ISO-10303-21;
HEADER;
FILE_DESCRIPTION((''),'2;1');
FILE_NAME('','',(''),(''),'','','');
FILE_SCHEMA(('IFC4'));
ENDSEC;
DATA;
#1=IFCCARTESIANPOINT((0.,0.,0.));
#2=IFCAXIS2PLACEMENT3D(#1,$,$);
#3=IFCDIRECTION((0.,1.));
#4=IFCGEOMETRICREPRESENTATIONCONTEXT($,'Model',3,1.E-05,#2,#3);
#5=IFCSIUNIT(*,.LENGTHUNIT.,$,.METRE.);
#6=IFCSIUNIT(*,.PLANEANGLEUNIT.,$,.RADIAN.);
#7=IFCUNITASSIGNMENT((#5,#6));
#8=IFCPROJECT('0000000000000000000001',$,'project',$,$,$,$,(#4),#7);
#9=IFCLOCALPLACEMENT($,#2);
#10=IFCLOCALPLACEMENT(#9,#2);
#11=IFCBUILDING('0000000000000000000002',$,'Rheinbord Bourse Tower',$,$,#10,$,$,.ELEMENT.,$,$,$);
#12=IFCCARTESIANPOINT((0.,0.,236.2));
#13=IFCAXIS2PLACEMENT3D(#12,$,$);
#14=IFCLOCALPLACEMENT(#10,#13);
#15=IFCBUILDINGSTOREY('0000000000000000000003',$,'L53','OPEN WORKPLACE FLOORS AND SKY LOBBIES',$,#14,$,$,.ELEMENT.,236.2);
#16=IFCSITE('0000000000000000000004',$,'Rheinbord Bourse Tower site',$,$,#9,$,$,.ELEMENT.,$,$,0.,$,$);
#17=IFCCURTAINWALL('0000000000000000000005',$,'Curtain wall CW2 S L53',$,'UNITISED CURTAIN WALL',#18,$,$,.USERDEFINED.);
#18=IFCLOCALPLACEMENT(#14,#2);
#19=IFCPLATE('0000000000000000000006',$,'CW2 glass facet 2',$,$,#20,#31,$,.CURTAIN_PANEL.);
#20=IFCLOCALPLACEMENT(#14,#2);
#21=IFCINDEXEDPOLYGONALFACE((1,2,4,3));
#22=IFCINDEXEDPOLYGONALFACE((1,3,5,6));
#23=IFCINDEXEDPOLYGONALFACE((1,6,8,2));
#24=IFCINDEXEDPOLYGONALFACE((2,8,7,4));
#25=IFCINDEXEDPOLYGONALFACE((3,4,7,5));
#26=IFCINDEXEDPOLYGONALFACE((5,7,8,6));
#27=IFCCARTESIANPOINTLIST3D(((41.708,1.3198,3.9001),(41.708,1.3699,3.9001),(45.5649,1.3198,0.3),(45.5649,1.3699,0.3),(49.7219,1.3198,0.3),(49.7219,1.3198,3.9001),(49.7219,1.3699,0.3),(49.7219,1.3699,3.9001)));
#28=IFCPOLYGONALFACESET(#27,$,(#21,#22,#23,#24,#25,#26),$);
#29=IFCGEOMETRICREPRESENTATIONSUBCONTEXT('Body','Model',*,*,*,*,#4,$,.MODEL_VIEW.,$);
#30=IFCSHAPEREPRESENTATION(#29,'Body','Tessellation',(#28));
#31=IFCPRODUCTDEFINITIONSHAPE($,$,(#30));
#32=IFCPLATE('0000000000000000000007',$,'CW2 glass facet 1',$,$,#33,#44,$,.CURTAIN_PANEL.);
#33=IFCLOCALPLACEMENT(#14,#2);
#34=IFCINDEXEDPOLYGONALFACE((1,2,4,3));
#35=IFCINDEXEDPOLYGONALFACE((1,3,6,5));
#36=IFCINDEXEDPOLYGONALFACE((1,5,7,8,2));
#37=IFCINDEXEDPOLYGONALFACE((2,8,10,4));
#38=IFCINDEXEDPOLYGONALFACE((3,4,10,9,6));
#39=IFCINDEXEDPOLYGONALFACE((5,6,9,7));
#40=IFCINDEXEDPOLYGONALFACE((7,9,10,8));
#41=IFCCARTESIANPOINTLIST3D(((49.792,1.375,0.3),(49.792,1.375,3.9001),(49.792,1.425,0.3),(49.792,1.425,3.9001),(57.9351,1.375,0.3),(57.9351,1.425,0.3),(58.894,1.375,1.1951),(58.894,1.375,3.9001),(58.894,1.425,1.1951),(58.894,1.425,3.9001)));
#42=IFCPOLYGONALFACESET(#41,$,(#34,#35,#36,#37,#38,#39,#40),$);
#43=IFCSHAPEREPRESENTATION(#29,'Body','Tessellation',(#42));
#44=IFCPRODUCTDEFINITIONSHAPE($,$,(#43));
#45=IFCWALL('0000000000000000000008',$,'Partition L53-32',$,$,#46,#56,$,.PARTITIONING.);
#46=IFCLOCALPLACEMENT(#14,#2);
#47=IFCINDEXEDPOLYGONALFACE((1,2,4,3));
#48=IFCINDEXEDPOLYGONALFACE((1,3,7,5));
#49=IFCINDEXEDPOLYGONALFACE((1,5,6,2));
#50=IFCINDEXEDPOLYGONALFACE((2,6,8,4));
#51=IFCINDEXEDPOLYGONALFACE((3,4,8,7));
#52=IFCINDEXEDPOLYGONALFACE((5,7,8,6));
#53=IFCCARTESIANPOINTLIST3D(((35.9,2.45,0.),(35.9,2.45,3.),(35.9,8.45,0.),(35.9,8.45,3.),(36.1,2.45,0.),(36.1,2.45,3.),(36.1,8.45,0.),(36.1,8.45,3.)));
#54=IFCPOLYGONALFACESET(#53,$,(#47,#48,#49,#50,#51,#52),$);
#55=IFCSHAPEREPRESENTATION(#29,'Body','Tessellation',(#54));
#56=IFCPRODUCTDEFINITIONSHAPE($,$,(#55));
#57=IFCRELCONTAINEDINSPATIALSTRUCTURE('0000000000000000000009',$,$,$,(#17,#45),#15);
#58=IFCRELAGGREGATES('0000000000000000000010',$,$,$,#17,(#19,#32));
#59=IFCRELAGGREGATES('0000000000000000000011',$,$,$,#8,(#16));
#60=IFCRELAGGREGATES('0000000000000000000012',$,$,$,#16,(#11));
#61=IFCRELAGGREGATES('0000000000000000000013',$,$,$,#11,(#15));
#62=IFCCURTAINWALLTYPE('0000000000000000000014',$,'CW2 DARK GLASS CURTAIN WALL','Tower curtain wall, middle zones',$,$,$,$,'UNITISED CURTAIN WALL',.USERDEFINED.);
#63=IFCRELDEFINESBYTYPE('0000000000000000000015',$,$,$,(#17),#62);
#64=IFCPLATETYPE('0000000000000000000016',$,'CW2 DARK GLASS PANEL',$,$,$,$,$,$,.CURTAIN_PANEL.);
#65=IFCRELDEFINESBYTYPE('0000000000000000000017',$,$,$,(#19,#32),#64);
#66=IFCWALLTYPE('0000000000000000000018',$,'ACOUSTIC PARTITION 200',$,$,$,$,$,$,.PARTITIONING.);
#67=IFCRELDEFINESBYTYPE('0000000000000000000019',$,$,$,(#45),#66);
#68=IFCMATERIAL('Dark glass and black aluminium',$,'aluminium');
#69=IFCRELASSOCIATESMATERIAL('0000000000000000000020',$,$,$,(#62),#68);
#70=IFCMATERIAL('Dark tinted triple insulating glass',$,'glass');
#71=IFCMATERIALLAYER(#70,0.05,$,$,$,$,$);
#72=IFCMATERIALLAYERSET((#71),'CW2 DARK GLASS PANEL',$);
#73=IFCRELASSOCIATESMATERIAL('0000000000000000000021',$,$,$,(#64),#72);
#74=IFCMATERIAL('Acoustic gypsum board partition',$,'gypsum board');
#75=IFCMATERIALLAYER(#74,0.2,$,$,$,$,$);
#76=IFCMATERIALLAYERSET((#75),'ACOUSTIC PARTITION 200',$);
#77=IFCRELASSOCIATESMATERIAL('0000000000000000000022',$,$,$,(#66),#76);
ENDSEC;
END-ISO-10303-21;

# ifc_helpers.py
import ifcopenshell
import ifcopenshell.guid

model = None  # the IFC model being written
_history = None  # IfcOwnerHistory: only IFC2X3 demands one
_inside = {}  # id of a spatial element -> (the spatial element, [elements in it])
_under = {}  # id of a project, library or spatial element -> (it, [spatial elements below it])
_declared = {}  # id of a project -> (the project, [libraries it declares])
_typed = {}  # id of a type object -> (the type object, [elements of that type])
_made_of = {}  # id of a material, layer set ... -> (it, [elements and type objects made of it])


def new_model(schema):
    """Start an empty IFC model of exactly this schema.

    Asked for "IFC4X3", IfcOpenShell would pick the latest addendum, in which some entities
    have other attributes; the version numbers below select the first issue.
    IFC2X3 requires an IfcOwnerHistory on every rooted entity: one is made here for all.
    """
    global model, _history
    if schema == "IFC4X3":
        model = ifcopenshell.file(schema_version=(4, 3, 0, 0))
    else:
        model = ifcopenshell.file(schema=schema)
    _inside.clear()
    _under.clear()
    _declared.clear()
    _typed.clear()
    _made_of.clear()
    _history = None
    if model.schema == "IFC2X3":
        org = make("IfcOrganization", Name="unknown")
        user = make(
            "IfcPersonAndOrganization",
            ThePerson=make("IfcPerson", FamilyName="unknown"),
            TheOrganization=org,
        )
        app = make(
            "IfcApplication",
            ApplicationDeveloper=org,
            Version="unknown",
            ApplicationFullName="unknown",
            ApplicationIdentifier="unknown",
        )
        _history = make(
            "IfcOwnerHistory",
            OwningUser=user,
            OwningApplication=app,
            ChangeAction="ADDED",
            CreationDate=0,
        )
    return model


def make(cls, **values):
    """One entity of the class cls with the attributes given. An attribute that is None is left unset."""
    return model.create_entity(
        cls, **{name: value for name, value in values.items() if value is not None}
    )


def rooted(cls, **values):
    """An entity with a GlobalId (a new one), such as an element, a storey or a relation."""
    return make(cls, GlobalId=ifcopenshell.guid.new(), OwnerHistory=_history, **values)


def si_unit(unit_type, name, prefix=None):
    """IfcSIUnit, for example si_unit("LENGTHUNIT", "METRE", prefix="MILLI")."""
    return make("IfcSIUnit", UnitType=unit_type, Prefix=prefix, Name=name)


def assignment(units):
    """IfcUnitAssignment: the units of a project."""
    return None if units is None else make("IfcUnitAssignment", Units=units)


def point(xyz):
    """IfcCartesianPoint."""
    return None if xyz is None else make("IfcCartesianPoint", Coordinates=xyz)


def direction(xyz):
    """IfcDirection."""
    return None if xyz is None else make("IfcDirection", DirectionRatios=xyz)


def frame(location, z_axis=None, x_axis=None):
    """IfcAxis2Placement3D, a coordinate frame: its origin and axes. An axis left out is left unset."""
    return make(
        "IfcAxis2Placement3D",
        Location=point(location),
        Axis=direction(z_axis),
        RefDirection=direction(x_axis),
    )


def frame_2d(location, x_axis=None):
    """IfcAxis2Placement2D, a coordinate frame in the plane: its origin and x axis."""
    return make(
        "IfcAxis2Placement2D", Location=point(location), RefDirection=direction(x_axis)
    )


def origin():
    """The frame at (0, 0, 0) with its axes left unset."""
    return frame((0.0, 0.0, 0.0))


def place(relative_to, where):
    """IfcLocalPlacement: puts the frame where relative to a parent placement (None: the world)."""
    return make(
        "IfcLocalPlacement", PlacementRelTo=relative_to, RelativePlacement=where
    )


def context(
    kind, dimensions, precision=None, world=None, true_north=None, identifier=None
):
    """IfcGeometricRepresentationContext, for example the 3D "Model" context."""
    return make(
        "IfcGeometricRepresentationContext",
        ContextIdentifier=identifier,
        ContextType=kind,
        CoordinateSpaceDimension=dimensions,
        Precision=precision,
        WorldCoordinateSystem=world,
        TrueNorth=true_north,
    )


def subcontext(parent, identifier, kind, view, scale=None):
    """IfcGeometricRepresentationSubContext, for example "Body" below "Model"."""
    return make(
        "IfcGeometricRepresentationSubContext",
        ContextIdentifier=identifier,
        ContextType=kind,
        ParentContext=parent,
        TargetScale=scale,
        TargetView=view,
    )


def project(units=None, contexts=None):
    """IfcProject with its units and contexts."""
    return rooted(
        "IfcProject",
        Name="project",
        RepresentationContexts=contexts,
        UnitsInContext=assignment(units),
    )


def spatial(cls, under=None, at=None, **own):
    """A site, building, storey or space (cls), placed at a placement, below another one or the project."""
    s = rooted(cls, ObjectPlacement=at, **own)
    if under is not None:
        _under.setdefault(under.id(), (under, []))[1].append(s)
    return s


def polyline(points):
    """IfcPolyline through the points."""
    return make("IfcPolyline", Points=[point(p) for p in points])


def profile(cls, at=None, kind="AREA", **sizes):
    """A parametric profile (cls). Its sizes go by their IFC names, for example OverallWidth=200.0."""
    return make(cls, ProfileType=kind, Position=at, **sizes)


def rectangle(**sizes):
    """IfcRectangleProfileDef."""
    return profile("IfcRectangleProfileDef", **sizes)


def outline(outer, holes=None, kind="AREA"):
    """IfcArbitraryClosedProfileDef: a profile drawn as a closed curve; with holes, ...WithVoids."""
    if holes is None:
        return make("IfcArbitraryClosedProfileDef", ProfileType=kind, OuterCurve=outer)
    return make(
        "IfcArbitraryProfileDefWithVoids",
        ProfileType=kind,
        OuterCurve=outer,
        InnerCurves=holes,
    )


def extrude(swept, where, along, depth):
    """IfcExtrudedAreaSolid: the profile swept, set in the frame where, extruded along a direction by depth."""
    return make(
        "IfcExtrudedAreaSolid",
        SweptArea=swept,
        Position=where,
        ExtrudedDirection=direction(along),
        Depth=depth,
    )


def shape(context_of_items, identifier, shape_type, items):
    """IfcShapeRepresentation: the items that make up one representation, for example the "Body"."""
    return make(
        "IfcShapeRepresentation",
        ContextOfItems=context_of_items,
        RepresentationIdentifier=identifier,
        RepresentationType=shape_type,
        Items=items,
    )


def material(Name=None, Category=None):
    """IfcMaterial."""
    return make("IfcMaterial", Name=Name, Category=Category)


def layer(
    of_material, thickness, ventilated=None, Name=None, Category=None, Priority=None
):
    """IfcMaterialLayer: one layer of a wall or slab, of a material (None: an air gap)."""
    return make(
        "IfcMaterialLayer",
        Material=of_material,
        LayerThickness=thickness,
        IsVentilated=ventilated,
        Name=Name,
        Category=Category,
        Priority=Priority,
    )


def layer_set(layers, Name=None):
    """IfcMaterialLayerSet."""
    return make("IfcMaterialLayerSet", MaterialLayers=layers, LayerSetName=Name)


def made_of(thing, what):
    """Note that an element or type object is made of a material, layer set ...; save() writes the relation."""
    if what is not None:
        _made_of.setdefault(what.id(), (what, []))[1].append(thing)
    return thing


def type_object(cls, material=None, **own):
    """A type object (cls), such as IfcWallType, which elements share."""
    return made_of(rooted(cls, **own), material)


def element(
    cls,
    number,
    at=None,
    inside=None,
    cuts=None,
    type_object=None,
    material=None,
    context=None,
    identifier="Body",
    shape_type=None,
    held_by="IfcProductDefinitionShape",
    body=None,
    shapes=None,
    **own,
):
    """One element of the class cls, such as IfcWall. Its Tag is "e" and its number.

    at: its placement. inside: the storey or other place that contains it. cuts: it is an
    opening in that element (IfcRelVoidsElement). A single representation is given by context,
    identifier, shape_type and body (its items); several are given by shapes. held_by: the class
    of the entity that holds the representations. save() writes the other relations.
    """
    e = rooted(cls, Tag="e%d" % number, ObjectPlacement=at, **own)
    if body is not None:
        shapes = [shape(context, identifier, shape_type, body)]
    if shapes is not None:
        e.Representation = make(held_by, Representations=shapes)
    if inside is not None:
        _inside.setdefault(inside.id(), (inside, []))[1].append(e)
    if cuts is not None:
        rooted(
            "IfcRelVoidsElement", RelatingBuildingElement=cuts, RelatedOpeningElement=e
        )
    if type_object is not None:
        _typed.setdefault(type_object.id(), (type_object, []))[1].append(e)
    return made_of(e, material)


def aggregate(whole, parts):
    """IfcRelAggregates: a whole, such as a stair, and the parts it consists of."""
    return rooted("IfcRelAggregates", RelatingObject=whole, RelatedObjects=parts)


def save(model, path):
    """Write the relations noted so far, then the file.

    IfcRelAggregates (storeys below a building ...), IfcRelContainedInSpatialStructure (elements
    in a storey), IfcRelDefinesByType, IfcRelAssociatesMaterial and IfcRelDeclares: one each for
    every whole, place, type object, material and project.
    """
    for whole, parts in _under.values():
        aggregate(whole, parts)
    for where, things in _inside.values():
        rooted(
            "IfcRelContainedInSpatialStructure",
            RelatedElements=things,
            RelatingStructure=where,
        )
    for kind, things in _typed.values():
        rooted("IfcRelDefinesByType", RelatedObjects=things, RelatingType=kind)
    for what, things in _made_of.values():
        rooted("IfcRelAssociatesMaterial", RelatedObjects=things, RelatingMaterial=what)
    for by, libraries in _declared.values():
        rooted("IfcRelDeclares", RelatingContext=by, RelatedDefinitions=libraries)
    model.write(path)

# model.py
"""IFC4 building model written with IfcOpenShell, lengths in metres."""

from ifc_helpers import new_model, si_unit, direction, frame, frame_2d, origin, place, context, subcontext, project, spatial, polyline, rectangle, outline, extrude, material, layer, layer_set, type_object, element, aggregate, save


model = new_model("IFC4")

# Units and contexts
model_context = context("Model", 3, precision=1e-05, world=origin(), true_north=direction((0.0, 1.0)))
body_context = subcontext(model_context, "Body", "Model", "MODEL_VIEW")
ifc_project = project(units=[si_unit("LENGTHUNIT", "METRE"), si_unit("PLANEANGLEUNIT", "RADIAN")], contexts=[model_context])

# Site, building, storey
site_placement = place(None, origin())
site = spatial("IfcSite", under=ifc_project, at=site_placement, Name="Rheinbord Bourse Tower site", CompositionType="ELEMENT", RefElevation=0.0)
building_placement = place(site_placement, origin())
building = spatial("IfcBuilding", under=site, at=building_placement, Name="Rheinbord Bourse Tower", CompositionType="ELEMENT")
storey_placement = place(building_placement, frame((0.0, 0.0, 236.2)))
storey = spatial("IfcBuildingStorey", under=building, at=storey_placement, Name="L53", Description="OPEN WORKPLACE FLOORS AND SKY LOBBIES", CompositionType="ELEMENT", Elevation=236.2)

# Curtain wall
ifc_material_1 = material(Name="Dark glass and black aluminium", Category="aluminium")
curtain_wall_type = type_object("IfcCurtainWallType", Name="CW2 DARK GLASS CURTAIN WALL", Description="Tower curtain wall, middle zones", ElementType="UNITISED CURTAIN WALL", PredefinedType="USERDEFINED", material=ifc_material_1)
curtain_wall_placement = place(storey_placement, origin())
curtain_wall = element("IfcCurtainWall", 1, at=curtain_wall_placement, inside=storey, type_object=curtain_wall_type, Name="Curtain wall CW2 S L53", ObjectType="UNITISED CURTAIN WALL", PredefinedType="USERDEFINED")

# Plates
ifc_material_2 = material(Name="Dark tinted triple insulating glass", Category="glass")
ifc_layer_1 = layer(ifc_material_2, 0.05)
ifc_layer_set_1 = layer_set([ifc_layer_1], Name="CW2 DARK GLASS PANEL")
plate_type = type_object("IfcPlateType", Name="CW2 DARK GLASS PANEL", PredefinedType="CURTAIN_PANEL", material=ifc_layer_set_1)
plate_1_placement = place(storey_placement, frame((49.7219, 1.3198, 3.9001), z_axis=(0.0, 1.0, 0.0), x_axis=(0.0, 0.0, -1.0)))
plate_1 = element("IfcPlate", 2, at=plate_1_placement, type_object=plate_type, Name="CW2 glass facet 2", PredefinedType="CURTAIN_PANEL", context=body_context, shape_type="SweptSolid", body=[
    extrude(outline(polyline([(0.0, 0.0), (3.6001, 0.0), (3.6001, 4.157), (0.0, 8.0139), (0.0, 0.0)])), origin(), (0.0, 0.0, 1.0), 0.05),
])
plate_2_placement = place(storey_placement, frame((49.792, 1.375, 0.3), z_axis=(0.0, 1.0, 0.0), x_axis=(0.0, 0.0, 1.0)))
plate_2 = element("IfcPlate", 3, at=plate_2_placement, type_object=plate_type, Name="CW2 glass facet 1", PredefinedType="CURTAIN_PANEL", context=body_context, shape_type="SweptSolid", body=[
    extrude(outline(polyline([(0.0, 0.0), (3.6001, 0.0), (3.6001, 9.1021), (0.895, 9.1021), (0.0, 8.1431), (0.0, 0.0)])), origin(), (0.0, 0.0, 1.0), 0.05),
])
aggregate(curtain_wall, [plate_1, plate_2])

# Wall
ifc_material_3 = material(Name="Acoustic gypsum board partition", Category="gypsum board")
ifc_layer_2 = layer(ifc_material_3, 0.2)
ifc_layer_set_2 = layer_set([ifc_layer_2], Name="ACOUSTIC PARTITION 200")
wall_type = type_object("IfcWallType", Name="ACOUSTIC PARTITION 200", PredefinedType="PARTITIONING", material=ifc_layer_set_2)
wall_placement = place(storey_placement, frame((36.0, 2.45, 0.0), z_axis=(0.0, 0.0, 1.0), x_axis=(0.0, 1.0, 0.0)))
element("IfcWall", 4, at=wall_placement, inside=storey, type_object=wall_type, Name="Partition L53-32", PredefinedType="PARTITIONING", context=body_context, shape_type="SweptSolid", body=[
    extrude(rectangle(XDim=6.0, YDim=0.2, at=frame_2d((3.0, 0.0))), origin(), (0.0, 0.0, 1.0), 3.0),
])

save(model, "model.ifc")
